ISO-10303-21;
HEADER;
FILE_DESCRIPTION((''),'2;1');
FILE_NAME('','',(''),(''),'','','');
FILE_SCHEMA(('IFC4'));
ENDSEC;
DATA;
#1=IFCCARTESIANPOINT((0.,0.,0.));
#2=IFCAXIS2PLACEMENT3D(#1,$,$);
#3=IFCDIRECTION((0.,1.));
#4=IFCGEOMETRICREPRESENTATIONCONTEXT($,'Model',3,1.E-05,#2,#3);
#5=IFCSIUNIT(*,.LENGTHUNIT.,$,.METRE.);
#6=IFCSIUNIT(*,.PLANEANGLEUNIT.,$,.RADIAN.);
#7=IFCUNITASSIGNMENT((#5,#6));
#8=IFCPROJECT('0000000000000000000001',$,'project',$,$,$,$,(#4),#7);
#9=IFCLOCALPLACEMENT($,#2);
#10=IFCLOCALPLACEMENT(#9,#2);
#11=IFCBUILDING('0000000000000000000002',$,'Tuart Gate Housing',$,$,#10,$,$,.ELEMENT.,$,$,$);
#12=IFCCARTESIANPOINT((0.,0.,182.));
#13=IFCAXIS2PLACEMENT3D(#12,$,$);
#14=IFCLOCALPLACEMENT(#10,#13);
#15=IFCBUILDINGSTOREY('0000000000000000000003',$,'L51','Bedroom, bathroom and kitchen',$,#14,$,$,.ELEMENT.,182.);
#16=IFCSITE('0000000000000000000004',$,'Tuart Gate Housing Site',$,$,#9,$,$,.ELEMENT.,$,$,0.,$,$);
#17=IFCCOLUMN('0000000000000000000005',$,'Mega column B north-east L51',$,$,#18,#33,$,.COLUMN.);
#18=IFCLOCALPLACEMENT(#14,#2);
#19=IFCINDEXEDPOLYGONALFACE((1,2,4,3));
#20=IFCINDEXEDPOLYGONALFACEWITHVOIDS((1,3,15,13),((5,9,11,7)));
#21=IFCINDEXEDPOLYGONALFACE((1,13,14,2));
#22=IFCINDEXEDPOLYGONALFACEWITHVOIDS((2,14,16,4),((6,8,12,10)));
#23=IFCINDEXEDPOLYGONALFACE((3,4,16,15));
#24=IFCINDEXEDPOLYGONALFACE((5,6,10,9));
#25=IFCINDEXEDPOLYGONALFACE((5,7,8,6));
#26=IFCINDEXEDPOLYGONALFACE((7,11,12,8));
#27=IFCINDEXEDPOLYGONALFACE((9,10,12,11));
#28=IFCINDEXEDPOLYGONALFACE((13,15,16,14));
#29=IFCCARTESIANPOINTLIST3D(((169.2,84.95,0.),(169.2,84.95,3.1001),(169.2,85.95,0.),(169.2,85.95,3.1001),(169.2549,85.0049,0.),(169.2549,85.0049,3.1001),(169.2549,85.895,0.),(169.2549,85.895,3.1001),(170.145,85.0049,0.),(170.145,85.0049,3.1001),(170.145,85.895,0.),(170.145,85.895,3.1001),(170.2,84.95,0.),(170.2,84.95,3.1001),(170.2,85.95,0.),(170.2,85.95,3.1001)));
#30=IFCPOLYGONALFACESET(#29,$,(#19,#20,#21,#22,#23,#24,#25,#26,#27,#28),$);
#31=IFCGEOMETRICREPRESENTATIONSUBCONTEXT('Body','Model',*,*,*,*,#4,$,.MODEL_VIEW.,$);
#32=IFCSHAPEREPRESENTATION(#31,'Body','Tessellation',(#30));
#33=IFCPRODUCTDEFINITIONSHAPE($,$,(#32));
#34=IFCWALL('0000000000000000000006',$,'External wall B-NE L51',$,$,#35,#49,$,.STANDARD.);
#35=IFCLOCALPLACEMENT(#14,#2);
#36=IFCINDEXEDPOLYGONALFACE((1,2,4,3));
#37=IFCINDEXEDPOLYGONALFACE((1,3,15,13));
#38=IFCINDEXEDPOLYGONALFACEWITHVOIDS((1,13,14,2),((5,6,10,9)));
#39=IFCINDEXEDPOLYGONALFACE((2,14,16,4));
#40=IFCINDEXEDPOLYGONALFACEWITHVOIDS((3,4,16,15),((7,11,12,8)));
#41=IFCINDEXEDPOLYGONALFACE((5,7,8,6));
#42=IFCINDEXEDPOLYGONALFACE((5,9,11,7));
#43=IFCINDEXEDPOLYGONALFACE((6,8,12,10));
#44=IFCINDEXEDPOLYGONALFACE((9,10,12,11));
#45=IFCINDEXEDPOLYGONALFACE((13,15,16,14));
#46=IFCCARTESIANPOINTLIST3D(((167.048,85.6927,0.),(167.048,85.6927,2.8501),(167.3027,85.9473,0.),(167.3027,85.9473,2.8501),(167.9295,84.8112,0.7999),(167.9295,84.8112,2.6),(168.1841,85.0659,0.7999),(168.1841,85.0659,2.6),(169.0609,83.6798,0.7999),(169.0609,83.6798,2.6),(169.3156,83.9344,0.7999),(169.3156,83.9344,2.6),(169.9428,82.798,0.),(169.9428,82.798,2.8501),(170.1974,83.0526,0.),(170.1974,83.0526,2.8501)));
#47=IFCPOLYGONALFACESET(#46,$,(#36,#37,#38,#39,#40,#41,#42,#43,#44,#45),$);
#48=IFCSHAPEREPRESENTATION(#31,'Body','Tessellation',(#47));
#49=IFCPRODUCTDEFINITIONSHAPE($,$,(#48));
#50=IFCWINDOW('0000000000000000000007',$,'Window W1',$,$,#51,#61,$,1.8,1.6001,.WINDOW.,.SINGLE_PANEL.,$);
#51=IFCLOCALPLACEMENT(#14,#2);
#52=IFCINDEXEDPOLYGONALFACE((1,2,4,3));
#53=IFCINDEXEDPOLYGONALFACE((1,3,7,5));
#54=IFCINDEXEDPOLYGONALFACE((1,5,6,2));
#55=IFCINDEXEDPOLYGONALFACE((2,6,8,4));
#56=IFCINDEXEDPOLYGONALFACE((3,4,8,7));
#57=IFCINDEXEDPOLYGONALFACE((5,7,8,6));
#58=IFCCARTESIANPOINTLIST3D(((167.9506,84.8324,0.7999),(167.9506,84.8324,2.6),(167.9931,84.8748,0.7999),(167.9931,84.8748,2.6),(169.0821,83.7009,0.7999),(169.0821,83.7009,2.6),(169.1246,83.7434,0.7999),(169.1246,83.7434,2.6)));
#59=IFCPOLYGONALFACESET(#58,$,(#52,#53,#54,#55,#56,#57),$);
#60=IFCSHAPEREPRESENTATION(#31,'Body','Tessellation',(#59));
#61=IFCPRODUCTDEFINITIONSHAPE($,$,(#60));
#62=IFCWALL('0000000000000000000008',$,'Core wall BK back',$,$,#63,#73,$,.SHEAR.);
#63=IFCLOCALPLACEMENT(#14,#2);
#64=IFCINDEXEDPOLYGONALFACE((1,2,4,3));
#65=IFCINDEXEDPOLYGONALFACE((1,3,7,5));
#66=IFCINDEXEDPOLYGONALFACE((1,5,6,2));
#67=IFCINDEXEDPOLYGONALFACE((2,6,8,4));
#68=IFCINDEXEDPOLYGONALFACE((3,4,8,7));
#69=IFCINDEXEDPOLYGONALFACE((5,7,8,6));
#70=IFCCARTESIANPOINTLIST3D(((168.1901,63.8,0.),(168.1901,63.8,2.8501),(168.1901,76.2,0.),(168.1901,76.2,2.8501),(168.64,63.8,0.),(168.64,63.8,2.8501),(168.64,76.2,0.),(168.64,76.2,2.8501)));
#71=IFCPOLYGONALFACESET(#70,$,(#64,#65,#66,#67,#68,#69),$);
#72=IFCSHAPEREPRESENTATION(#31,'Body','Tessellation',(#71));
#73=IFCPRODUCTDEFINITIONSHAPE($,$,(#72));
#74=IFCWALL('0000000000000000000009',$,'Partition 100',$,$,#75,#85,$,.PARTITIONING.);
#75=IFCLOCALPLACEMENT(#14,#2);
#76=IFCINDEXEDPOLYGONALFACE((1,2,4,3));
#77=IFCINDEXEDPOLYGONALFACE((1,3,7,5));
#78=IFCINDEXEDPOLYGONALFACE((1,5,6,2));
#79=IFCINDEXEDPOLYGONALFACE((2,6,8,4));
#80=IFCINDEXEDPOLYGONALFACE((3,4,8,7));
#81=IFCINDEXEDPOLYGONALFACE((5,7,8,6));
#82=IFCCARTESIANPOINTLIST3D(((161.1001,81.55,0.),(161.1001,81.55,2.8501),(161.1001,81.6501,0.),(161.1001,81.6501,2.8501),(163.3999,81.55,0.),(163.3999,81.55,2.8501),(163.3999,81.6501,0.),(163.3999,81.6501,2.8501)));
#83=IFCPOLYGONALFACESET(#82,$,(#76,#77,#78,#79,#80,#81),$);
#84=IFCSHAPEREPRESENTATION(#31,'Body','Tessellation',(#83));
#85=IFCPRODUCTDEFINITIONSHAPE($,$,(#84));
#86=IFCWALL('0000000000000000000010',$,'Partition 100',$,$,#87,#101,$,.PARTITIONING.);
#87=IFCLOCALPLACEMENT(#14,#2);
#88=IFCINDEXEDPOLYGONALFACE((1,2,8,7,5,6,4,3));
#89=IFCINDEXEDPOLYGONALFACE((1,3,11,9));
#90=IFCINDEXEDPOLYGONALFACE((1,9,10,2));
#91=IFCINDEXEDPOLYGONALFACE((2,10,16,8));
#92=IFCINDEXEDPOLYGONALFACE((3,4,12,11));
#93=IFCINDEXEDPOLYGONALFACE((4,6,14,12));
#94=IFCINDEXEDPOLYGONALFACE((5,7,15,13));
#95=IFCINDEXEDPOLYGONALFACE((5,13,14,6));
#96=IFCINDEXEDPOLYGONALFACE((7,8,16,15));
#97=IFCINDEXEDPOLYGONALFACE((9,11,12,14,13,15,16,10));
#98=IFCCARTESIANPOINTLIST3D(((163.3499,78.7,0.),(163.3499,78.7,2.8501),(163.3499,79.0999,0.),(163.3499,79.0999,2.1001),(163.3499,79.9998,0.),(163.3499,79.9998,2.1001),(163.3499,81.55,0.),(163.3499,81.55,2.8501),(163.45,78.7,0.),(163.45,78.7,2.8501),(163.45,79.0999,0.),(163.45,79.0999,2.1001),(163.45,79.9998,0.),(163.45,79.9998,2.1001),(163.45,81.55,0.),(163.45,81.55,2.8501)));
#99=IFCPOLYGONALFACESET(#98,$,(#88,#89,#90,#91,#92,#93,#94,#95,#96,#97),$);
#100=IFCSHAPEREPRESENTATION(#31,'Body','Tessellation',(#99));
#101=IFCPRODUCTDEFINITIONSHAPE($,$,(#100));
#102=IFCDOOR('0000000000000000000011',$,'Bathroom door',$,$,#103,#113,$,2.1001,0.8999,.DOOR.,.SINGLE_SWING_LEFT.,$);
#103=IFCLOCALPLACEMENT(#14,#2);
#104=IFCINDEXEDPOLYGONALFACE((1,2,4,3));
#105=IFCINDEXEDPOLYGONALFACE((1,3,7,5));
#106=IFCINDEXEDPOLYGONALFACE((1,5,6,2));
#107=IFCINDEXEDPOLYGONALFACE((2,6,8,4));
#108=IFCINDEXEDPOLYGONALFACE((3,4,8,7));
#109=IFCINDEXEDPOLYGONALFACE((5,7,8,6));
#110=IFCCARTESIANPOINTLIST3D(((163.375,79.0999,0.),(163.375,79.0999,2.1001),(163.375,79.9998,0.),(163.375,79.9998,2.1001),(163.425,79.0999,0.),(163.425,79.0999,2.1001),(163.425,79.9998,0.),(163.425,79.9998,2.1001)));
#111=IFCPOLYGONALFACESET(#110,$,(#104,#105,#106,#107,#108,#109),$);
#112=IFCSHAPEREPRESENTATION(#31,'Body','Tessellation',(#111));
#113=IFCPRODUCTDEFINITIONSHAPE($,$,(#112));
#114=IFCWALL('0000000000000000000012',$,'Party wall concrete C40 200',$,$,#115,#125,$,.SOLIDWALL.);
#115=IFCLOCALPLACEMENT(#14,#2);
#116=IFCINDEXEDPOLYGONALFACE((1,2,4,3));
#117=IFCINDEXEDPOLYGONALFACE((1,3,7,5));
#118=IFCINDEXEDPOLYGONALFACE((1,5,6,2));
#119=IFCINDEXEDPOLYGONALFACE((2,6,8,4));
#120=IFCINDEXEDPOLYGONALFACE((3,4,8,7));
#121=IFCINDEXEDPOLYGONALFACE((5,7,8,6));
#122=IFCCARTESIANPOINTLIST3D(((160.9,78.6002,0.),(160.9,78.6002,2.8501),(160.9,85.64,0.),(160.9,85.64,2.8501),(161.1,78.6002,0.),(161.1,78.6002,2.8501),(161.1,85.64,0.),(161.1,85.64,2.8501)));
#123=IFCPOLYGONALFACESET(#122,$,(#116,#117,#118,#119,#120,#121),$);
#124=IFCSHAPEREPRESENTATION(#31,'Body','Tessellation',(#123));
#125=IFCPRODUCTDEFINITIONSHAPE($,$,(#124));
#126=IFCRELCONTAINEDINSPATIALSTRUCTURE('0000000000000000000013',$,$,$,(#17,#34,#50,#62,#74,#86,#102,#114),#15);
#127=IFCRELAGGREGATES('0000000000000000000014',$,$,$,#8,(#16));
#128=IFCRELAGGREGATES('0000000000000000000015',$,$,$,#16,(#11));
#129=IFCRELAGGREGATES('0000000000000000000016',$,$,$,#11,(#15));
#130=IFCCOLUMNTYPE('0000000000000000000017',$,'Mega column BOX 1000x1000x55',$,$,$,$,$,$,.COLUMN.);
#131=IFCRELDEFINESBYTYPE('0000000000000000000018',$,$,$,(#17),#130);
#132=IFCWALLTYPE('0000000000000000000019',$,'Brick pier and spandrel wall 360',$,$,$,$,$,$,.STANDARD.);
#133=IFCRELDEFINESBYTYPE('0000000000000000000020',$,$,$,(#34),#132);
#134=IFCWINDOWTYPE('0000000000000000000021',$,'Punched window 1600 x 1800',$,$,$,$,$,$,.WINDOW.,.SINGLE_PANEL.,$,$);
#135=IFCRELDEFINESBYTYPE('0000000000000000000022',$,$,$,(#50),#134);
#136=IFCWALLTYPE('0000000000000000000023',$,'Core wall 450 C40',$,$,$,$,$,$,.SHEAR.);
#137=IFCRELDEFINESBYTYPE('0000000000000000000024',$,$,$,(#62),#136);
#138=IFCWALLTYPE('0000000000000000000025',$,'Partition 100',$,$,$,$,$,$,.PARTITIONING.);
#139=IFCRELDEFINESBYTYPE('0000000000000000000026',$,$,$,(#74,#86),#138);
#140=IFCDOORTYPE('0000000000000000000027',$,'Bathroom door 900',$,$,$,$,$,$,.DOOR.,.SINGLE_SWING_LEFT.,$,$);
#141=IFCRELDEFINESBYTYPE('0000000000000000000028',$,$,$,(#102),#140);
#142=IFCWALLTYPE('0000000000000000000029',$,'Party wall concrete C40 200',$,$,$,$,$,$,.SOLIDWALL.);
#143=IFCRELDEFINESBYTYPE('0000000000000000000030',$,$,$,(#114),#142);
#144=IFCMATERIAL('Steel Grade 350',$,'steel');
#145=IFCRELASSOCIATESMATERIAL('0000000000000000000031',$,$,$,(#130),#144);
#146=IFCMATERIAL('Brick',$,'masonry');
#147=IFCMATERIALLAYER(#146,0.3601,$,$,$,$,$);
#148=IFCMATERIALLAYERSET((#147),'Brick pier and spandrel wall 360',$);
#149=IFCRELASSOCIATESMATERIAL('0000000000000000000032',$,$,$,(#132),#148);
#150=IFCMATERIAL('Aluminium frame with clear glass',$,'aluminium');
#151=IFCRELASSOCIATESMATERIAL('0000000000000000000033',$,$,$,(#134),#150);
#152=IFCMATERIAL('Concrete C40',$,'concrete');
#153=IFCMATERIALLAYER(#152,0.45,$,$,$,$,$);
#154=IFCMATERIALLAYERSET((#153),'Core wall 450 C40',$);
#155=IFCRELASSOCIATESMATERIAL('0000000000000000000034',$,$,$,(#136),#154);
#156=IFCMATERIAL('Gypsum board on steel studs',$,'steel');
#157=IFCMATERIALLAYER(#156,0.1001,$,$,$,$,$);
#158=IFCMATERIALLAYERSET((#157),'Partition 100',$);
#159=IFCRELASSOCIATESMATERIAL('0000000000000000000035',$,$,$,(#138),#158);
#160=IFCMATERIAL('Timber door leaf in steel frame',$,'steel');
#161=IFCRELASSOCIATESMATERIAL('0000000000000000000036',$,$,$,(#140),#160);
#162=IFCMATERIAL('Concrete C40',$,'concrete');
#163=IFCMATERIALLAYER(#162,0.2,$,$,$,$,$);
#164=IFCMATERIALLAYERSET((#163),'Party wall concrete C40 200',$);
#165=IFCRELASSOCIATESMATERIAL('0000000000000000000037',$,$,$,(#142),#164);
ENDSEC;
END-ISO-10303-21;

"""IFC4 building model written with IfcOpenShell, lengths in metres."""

from ifc_helpers import new_model, si_unit, direction, frame, frame_2d, origin, origin_2d, place, context, subcontext, project, spatial, rectangle, hollow_rectangle, extrude, material, layer, layer_set, material_profile, profile_set, type_object, element, fill, save


model = new_model("IFC4")

# Units and contexts
model_context = context("Model", 3, precision=1e-05, world=origin(), true_north=direction((0.0, 1.0)))
body_context = subcontext(model_context, "Body", "Model", "MODEL_VIEW")
ifc_project = project(units=[si_unit("LENGTHUNIT", "METRE"), si_unit("PLANEANGLEUNIT", "RADIAN")], contexts=[model_context])

# Site, building, storey
site_placement = place(None, origin())
site = spatial("IfcSite", under=ifc_project, at=site_placement, Name="Tuart Gate Housing Site", CompositionType="ELEMENT", RefElevation=0.0)
building_placement = place(site_placement, origin())
building = spatial("IfcBuilding", under=site, at=building_placement, Name="Tuart Gate Housing", CompositionType="ELEMENT")
storey_placement = place(building_placement, frame((0.0, 0.0, 182.0)))
storey = spatial("IfcBuildingStorey", under=building, at=storey_placement, Name="L51", Description="Bedroom, bathroom and kitchen", CompositionType="ELEMENT", Elevation=182.0)

# Column
ifc_material_1 = material(Name="Steel Grade 350", Category="steel")
ifc_material_profile = material_profile(ifc_material_1, hollow_rectangle(XDim=1.0, YDim=1.0, WallThickness=0.0549, at=origin_2d()), Name="BOX 1000x1000x55")
ifc_profile_set = profile_set([ifc_material_profile], Name="Steel Grade 350")
column_type = type_object("IfcColumnType", Name="Mega column BOX 1000x1000x55", PredefinedType="COLUMN", material=ifc_profile_set)
column_placement = place(storey_placement, frame((169.7, 85.45, 0.0), z_axis=(0.0, 0.0, 1.0), x_axis=(1.0, 0.0, 0.0)))
element("IfcColumn", 1, at=column_placement, inside=storey, type_object=column_type, Name="Mega column B north-east L51", PredefinedType="COLUMN", context=body_context, shape_type="SweptSolid", body=[
    extrude(hollow_rectangle(XDim=1.0, YDim=1.0, WallThickness=0.0549, at=origin_2d()), origin(), (0.0, 0.0, 1.0), 3.1001),
])

# Wall, opening, window
ifc_material_2 = material(Name="Brick", Category="masonry")
ifc_layer_1 = layer(ifc_material_2, 0.3601)
ifc_layer_set_1 = layer_set([ifc_layer_1], Name="Brick pier and spandrel wall 360")
wall_type_1 = type_object("IfcWallType", Name="Brick pier and spandrel wall 360", PredefinedType="STANDARD", material=ifc_layer_set_1)
wall_1_placement = place(storey_placement, frame((170.0701, 82.9253, 0.0), z_axis=(0.0, 0.0, 1.0), x_axis=(-0.707107, 0.707107, 0.0)))
wall_1 = element("IfcWall", 2, at=wall_1_placement, inside=storey, type_object=wall_type_1, Name="External wall B-NE L51", PredefinedType="STANDARD", context=body_context, shape_type="SweptSolid", body=[
    extrude(rectangle(XDim=4.0938, YDim=0.3601, at=frame_2d((2.0469, 0.0))), origin(), (0.0, 0.0, 1.0), 2.8501),
])
opening_1_placement = place(wall_1_placement, frame((1.2471, 0.0, 0.8)))
opening_1 = element("IfcOpeningElement", 3, at=opening_1_placement, cuts=wall_1, PredefinedType="OPENING", context=body_context, shape_type="SweptSolid", body=[
    extrude(rectangle(XDim=1.6001, YDim=1.8, at=frame_2d((0.8, 0.8999))), frame((0.0, 0.1899, 0.0), z_axis=(0.0, -1.0, 0.0), x_axis=(1.0, 0.0, 0.0)), (0.0, 0.0, 1.0), 0.3801),
])
ifc_material_3 = material(Name="Aluminium frame with clear glass", Category="aluminium")
window_type_1 = type_object("IfcWindowType", Name="Punched window 1600 x 1800", PartitioningType="SINGLE_PANEL", PredefinedType="WINDOW", material=ifc_material_3)
window_1_placement = place(opening_1_placement, origin())
window_1 = element("IfcWindow", 4, at=window_1_placement, inside=storey, type_object=window_type_1, Name="Window W1", OverallHeight=1.8, OverallWidth=1.6001, PartitioningType="SINGLE_PANEL", PredefinedType="WINDOW", context=body_context, shape_type="SweptSolid", body=[
    extrude(rectangle(XDim=1.6001, YDim=1.8, at=frame_2d((0.8, 0.8999))), frame((0.0, 0.1501, 0.0), z_axis=(0.0, -1.0, 0.0), x_axis=(1.0, 0.0, 0.0)), (0.0, 0.0, 1.0), 0.0601),
])
fill(opening_1, window_1)

# Walls
ifc_material_4 = material(Name="Concrete C40", Category="concrete")
ifc_layer_2 = layer(ifc_material_4, 0.45)
ifc_layer_set_2 = layer_set([ifc_layer_2], Name="Core wall 450 C40")
wall_type_2 = type_object("IfcWallType", Name="Core wall 450 C40", PredefinedType="SHEAR", material=ifc_layer_set_2)
wall_2_placement = place(storey_placement, frame((168.415, 76.2, 0.0), z_axis=(0.0, 0.0, 1.0), x_axis=(0.0, -1.0, 0.0)))
element("IfcWall", 5, at=wall_2_placement, inside=storey, type_object=wall_type_2, Name="Core wall BK back", PredefinedType="SHEAR", context=body_context, shape_type="SweptSolid", body=[
    extrude(rectangle(XDim=12.3999, YDim=0.45, at=frame_2d((6.2, 0.0))), origin(), (0.0, 0.0, 1.0), 2.8501),
])
ifc_material_5 = material(Name="Gypsum board on steel studs", Category="steel")
ifc_layer_3 = layer(ifc_material_5, 0.1001)
ifc_layer_set_3 = layer_set([ifc_layer_3], Name="Partition 100")
wall_type_3 = type_object("IfcWallType", Name="Partition 100", PredefinedType="PARTITIONING", material=ifc_layer_set_3)
wall_3_placement = place(storey_placement, frame((161.1001, 81.6001, 0.0), z_axis=(0.0, 0.0, 1.0), x_axis=(1.0, 0.0, 0.0)))
element("IfcWall", 6, at=wall_3_placement, inside=storey, type_object=wall_type_3, Name="Partition 100", PredefinedType="PARTITIONING", context=body_context, shape_type="SweptSolid", body=[
    extrude(rectangle(XDim=2.2998, YDim=0.1001, at=frame_2d((1.1499, 0.0))), origin(), (0.0, 0.0, 1.0), 2.8501),
])

# Wall, opening, door
wall_4_placement = place(storey_placement, frame((163.3999, 78.7, 0.0), z_axis=(0.0, 0.0, 1.0), x_axis=(0.0, 1.0, 0.0)))
wall_4 = element("IfcWall", 7, at=wall_4_placement, inside=storey, type_object=wall_type_3, Name="Partition 100", PredefinedType="PARTITIONING", context=body_context, shape_type="SweptSolid", body=[
    extrude(rectangle(XDim=2.8501, YDim=0.1001, at=frame_2d((1.425, 0.0))), origin(), (0.0, 0.0, 1.0), 2.8501),
])
opening_2_placement = place(wall_4_placement, frame((0.3999, 0.0, 0.0)))
opening_2 = element("IfcOpeningElement", 8, at=opening_2_placement, cuts=wall_4, PredefinedType="OPENING", context=body_context, shape_type="SweptSolid", body=[
    extrude(rectangle(XDim=0.8999, YDim=2.1001, at=frame_2d((0.45, 1.05))), frame((0.0, 0.0601, 0.0), z_axis=(0.0, -1.0, 0.0), x_axis=(1.0, 0.0, 0.0)), (0.0, 0.0, 1.0), 0.1201),
])
ifc_material_6 = material(Name="Timber door leaf in steel frame", Category="steel")
door_type = type_object("IfcDoorType", Name="Bathroom door 900", OperationType="SINGLE_SWING_LEFT", PredefinedType="DOOR", material=ifc_material_6)
door_placement = place(opening_2_placement, origin())
door = element("IfcDoor", 9, at=door_placement, inside=storey, type_object=door_type, Name="Bathroom door", OperationType="SINGLE_SWING_LEFT", OverallHeight=2.1001, OverallWidth=0.8999, PredefinedType="DOOR", context=body_context, shape_type="SweptSolid", body=[
    extrude(rectangle(XDim=0.8999, YDim=2.1001, at=frame_2d((0.45, 1.05))), frame((0.0, 0.0249, 0.0), z_axis=(0.0, -1.0, 0.0), x_axis=(1.0, 0.0, 0.0)), (0.0, 0.0, 1.0), 0.05),
])
fill(opening_2, door)

# Wall
ifc_material_7 = material(Name="Concrete C40", Category="concrete")
ifc_layer_4 = layer(ifc_material_7, 0.2)
ifc_layer_set_4 = layer_set([ifc_layer_4], Name="Party wall concrete C40 200")
wall_type_4 = type_object("IfcWallType", Name="Party wall concrete C40 200", PredefinedType="SOLIDWALL", material=ifc_layer_set_4)
wall_5_placement = place(storey_placement, frame((161.0, 78.6001, 0.0), z_axis=(0.0, 0.0, 1.0), x_axis=(0.0, 1.0, 0.0)))
element("IfcWall", 10, at=wall_5_placement, inside=storey, type_object=wall_type_4, Name="Party wall concrete C40 200", PredefinedType="SOLIDWALL", context=body_context, shape_type="SweptSolid", body=[
    extrude(rectangle(XDim=7.0398, YDim=0.2, at=frame_2d((3.52, 0.0))), origin(), (0.0, 0.0, 1.0), 2.8501),
])

save(model, "model.ifc")
